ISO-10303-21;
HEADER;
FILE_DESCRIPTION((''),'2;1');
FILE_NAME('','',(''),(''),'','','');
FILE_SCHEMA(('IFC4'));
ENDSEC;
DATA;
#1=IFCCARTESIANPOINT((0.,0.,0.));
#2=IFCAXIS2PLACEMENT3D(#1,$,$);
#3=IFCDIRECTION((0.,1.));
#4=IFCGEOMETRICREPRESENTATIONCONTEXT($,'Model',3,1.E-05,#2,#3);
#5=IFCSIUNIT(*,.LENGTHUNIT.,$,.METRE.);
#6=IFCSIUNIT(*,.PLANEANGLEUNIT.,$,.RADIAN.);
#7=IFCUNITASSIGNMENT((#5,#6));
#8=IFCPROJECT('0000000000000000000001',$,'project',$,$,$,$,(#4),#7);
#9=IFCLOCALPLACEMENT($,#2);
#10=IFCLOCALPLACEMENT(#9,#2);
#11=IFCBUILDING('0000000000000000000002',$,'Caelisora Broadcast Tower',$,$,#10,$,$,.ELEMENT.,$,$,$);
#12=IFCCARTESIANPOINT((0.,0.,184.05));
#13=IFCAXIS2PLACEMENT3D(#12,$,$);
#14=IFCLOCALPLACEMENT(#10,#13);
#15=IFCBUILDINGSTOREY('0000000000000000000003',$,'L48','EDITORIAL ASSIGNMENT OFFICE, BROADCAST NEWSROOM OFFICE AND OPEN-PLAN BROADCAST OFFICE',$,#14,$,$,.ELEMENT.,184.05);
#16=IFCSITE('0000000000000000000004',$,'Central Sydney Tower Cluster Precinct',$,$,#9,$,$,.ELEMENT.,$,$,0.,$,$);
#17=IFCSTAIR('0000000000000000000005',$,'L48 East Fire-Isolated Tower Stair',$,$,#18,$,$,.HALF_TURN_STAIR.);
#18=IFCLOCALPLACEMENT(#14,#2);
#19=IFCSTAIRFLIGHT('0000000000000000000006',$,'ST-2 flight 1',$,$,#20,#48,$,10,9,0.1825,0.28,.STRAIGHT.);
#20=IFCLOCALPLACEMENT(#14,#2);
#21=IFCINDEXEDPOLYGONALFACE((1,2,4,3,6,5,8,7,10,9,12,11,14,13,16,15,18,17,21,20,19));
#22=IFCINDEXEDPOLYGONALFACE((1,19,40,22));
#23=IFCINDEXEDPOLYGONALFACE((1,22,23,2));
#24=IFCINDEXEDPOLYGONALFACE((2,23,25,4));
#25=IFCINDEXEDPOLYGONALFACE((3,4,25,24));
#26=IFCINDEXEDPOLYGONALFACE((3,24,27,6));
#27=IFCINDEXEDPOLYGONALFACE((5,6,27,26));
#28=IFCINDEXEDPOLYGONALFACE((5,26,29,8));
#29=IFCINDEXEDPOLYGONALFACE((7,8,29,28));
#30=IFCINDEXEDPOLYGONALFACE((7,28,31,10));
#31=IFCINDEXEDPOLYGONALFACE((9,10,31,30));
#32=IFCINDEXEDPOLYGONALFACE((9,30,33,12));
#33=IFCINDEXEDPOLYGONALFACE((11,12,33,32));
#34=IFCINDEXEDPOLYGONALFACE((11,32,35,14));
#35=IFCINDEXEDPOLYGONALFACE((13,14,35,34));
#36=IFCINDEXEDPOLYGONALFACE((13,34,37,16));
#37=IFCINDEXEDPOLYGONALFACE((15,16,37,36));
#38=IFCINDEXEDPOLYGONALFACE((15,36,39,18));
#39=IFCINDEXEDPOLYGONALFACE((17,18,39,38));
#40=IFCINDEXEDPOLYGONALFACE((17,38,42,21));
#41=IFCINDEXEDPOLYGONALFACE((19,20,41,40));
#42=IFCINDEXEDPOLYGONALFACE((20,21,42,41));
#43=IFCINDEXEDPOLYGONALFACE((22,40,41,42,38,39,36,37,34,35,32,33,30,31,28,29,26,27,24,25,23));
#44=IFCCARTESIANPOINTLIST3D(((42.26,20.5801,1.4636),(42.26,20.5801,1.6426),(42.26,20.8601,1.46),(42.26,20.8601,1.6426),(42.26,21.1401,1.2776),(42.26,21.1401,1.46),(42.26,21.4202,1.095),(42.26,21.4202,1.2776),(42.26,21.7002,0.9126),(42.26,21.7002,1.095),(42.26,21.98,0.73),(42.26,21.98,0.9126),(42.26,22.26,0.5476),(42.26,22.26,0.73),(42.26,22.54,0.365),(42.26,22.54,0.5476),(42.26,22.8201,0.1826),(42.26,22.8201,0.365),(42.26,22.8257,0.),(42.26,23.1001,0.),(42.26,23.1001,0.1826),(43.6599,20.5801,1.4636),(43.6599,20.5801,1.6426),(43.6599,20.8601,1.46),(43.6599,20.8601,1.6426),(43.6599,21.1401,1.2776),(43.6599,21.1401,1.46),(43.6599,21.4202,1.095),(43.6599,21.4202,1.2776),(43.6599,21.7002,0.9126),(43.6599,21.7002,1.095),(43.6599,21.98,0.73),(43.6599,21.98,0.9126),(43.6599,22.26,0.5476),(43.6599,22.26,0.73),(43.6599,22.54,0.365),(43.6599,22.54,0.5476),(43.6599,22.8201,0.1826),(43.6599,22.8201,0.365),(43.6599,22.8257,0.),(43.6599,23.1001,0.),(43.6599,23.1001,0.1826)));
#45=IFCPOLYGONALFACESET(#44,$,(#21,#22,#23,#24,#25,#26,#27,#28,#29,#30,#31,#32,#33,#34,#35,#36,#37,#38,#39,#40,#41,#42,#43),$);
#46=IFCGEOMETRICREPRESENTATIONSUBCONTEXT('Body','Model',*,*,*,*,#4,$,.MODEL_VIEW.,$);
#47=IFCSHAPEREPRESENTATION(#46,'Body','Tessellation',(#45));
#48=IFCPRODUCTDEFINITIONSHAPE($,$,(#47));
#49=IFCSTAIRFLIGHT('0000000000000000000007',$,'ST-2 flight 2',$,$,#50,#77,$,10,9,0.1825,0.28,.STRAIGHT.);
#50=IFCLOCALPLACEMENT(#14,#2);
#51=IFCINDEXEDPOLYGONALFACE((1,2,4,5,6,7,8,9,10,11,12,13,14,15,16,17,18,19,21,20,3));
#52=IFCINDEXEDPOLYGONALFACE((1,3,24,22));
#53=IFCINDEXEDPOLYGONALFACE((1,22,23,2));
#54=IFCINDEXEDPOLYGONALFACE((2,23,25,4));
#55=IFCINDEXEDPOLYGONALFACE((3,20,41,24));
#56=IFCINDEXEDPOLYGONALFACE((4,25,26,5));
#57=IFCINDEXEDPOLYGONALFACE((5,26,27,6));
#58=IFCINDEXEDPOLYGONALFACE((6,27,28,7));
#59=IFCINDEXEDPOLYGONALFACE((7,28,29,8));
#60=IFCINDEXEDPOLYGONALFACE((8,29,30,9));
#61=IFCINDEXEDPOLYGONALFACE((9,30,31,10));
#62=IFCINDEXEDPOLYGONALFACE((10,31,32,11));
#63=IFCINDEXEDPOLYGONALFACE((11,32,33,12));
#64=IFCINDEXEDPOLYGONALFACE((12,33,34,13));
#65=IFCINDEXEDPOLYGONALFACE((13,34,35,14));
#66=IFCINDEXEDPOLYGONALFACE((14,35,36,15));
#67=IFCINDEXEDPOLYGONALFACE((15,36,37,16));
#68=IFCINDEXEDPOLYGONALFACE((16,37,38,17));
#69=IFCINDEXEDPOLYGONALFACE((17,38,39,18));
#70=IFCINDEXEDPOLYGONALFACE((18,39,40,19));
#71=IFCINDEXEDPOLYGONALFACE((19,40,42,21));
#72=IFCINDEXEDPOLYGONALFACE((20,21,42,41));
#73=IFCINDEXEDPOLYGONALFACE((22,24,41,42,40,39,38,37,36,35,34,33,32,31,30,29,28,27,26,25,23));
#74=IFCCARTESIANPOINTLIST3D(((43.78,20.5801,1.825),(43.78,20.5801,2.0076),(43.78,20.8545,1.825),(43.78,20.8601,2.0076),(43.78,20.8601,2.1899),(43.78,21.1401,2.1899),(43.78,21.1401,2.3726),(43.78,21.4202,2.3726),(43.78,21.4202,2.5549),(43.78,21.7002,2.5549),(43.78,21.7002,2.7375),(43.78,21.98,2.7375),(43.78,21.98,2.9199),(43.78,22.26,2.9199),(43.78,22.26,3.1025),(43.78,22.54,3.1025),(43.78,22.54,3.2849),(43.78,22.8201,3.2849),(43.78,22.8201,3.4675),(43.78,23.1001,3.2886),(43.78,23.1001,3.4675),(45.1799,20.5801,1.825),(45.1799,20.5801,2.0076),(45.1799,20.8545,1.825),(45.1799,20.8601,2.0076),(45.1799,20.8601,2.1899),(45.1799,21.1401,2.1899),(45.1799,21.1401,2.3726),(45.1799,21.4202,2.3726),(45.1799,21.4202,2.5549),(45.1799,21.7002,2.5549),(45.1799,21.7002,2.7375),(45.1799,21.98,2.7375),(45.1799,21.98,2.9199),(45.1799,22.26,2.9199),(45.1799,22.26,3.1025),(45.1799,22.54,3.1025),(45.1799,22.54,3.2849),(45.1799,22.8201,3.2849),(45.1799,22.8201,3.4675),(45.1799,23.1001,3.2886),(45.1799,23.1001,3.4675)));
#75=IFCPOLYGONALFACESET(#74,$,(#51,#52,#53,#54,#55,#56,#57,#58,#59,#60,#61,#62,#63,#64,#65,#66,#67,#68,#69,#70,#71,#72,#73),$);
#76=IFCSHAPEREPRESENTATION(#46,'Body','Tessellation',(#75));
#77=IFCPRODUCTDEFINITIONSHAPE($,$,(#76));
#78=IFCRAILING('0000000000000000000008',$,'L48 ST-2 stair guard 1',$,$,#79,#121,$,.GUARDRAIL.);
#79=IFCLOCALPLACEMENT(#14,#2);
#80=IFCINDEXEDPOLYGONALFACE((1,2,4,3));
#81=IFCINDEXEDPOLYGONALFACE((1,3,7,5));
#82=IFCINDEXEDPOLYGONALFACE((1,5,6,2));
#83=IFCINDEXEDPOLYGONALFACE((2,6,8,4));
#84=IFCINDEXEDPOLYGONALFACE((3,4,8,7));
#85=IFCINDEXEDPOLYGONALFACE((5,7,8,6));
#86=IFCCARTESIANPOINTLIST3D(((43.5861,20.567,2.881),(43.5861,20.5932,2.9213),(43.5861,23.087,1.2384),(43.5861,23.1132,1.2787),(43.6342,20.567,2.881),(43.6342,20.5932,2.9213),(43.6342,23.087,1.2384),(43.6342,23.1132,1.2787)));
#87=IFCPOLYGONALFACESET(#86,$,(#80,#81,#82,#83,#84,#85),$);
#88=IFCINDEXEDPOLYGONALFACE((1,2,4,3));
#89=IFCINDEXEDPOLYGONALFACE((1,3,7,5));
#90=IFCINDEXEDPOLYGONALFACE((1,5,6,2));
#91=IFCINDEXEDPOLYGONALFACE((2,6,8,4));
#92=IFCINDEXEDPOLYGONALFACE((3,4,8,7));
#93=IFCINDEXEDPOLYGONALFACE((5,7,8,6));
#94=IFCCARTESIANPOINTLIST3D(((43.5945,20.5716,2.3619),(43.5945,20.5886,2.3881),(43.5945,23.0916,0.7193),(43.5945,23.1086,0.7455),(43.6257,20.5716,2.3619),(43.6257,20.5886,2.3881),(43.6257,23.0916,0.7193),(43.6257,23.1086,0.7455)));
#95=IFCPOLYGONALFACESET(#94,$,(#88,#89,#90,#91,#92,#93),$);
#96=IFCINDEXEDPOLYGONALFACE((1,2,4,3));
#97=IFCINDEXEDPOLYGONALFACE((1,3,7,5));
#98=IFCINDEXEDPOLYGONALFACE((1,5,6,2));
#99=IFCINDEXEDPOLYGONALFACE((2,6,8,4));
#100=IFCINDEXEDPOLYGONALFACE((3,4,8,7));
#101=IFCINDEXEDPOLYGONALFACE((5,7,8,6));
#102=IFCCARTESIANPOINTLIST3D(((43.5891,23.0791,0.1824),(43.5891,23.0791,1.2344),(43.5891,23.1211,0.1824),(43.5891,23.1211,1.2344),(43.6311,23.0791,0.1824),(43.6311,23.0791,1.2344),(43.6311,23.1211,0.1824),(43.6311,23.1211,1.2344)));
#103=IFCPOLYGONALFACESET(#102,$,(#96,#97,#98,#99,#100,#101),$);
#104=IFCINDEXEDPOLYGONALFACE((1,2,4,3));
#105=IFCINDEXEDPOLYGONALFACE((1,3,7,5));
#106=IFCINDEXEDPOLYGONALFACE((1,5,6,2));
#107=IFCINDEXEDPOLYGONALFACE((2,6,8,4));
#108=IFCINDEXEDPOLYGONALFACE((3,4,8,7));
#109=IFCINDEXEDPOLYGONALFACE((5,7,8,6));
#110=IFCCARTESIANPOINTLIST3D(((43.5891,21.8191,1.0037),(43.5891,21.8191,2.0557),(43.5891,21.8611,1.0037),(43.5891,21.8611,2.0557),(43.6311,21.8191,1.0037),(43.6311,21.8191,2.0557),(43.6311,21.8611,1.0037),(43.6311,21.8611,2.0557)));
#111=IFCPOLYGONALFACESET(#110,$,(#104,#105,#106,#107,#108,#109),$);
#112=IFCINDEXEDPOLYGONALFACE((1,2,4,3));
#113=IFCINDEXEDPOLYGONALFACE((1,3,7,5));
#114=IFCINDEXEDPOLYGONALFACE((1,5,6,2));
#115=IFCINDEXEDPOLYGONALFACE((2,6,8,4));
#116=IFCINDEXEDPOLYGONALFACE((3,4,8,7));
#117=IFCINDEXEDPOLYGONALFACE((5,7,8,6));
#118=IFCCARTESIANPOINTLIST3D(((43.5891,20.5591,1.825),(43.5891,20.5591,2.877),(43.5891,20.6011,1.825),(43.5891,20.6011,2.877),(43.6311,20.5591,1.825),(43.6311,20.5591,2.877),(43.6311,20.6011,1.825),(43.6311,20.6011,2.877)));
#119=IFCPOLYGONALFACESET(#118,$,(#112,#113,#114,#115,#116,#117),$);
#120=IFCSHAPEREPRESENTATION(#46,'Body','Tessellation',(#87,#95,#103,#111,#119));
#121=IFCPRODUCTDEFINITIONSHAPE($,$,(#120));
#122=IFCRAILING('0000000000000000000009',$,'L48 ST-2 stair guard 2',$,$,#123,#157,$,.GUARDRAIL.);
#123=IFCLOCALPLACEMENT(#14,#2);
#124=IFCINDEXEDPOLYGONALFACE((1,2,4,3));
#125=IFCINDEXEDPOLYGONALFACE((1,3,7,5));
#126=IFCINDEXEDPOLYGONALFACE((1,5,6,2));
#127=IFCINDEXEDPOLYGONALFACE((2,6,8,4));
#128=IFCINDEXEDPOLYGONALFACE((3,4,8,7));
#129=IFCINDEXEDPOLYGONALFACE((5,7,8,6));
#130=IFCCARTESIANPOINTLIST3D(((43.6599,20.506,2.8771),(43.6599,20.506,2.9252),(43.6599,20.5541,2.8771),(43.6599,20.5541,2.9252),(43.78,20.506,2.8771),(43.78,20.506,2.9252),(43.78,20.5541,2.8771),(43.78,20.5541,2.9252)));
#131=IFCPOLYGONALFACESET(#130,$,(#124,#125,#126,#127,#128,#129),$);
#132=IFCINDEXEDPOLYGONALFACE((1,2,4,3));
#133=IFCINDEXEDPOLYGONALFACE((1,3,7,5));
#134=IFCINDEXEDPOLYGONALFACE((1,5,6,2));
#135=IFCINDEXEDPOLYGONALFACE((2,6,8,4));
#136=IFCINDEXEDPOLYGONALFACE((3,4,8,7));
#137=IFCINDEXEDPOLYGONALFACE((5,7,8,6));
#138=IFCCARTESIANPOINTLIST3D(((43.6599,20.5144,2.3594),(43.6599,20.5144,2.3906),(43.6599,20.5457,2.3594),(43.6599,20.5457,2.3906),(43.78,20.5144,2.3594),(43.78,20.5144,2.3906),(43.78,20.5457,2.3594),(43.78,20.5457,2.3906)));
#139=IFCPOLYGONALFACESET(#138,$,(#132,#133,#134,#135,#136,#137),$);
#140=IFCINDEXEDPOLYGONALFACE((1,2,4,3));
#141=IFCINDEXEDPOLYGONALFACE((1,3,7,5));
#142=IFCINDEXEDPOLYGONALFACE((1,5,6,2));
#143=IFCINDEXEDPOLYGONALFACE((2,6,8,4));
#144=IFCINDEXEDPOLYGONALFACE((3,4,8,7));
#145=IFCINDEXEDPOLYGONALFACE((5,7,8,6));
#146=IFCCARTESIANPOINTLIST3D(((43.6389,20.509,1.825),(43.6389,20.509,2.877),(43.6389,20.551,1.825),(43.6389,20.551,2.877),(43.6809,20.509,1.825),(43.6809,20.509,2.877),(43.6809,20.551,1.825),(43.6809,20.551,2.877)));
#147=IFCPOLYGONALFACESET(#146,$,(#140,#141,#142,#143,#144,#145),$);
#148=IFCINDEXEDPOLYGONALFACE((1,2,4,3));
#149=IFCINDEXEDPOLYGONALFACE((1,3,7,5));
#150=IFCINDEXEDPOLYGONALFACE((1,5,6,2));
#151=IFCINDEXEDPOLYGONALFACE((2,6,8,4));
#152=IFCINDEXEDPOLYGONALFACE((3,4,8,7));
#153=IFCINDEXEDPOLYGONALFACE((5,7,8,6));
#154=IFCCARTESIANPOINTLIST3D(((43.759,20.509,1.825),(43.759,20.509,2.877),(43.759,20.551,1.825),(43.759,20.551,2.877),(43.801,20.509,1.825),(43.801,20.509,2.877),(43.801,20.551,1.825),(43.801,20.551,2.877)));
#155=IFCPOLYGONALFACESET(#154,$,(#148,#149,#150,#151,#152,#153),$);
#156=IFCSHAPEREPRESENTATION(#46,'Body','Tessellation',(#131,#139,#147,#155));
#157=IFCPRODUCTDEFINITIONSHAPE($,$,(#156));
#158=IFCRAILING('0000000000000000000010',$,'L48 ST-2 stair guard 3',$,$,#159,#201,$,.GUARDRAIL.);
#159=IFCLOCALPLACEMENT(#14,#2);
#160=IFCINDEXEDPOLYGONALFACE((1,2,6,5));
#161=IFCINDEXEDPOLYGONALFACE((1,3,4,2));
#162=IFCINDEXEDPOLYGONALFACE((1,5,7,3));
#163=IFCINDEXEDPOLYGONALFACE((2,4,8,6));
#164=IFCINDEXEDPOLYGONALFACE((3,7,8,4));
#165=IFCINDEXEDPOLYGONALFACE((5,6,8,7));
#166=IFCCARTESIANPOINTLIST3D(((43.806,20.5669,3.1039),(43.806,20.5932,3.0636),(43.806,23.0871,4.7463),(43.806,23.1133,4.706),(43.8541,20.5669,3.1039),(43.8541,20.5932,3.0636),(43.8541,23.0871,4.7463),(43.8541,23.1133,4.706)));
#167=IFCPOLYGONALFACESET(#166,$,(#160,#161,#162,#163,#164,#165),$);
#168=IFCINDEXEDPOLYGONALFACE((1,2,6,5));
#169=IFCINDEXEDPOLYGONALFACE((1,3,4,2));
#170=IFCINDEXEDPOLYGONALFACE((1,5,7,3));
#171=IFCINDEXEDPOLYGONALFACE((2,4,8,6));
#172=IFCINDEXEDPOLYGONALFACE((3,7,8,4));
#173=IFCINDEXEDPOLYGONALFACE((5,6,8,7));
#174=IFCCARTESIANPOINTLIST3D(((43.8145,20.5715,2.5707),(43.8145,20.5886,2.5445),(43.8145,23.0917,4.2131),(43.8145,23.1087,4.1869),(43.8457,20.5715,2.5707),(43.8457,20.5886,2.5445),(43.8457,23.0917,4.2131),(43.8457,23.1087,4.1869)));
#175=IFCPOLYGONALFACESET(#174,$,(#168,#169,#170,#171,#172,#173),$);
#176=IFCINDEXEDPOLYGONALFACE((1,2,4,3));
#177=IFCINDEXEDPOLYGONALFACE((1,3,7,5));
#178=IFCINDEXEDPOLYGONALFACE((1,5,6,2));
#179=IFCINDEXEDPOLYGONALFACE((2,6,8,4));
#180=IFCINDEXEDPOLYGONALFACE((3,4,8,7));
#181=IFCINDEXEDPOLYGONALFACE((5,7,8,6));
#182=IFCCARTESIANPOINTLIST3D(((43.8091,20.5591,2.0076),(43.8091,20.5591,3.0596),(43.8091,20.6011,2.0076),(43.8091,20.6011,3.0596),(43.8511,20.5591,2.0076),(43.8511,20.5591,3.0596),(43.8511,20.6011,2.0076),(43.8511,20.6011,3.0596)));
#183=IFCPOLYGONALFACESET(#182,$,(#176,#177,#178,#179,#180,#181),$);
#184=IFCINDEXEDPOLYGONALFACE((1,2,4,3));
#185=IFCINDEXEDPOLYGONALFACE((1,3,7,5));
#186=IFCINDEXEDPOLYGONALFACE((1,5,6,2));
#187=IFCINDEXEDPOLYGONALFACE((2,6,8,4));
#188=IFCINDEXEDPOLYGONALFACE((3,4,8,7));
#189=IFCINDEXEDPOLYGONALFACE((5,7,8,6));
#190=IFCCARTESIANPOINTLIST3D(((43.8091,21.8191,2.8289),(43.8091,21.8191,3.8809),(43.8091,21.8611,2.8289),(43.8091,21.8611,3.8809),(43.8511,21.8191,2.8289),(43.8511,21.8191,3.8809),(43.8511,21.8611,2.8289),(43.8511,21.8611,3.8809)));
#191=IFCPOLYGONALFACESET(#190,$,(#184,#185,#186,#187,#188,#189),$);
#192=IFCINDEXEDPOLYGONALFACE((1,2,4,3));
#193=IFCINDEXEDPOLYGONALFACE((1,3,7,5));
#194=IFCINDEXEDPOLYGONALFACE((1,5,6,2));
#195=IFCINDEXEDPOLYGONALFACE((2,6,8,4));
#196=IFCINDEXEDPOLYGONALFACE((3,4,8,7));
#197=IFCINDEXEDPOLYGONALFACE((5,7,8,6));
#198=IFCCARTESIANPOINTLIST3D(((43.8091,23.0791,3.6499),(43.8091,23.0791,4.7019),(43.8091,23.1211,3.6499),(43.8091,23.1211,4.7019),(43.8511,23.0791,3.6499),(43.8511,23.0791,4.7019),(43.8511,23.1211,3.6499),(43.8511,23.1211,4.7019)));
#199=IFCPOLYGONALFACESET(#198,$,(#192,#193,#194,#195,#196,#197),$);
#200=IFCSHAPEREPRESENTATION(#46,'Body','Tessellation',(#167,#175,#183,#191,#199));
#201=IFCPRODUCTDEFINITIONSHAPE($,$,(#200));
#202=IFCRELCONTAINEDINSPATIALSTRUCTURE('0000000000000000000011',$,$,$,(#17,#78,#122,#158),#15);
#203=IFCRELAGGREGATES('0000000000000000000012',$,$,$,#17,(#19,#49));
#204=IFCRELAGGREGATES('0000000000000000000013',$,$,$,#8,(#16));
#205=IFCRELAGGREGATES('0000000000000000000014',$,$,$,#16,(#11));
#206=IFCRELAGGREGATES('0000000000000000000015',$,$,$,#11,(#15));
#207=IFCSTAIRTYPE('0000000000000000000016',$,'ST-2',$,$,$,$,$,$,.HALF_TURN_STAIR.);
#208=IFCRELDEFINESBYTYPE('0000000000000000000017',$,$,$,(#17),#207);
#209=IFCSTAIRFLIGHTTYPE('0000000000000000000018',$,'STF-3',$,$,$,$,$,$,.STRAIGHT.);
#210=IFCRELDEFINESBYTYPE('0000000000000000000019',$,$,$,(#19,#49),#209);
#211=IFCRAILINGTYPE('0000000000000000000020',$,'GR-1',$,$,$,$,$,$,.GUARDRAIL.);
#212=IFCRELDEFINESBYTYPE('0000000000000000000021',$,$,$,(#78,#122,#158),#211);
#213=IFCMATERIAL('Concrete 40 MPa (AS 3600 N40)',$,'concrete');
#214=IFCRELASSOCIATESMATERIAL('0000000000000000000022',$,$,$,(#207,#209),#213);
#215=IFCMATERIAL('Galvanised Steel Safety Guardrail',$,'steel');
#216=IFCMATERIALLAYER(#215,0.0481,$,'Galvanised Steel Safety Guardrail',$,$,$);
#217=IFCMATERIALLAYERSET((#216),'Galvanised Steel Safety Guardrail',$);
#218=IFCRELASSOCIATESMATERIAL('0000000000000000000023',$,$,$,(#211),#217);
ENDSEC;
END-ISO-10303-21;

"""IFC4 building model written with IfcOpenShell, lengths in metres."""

from ifc_helpers import new_model, si_unit, direction, frame, origin, origin_2d, place, context, subcontext, project, spatial, polyline, rectangle, outline, extrude, material, layer, layer_set, type_object, element, aggregate, save


model = new_model("IFC4")

# Units and contexts
model_context = context("Model", 3, precision=1e-05, world=origin(), true_north=direction((0.0, 1.0)))
body_context = subcontext(model_context, "Body", "Model", "MODEL_VIEW")
ifc_project = project(units=[si_unit("LENGTHUNIT", "METRE"), si_unit("PLANEANGLEUNIT", "RADIAN")], contexts=[model_context])

# Site, building, storey
site_placement = place(None, origin())
site = spatial("IfcSite", under=ifc_project, at=site_placement, Name="Central Sydney Tower Cluster Precinct", CompositionType="ELEMENT", RefElevation=0.0)
building_placement = place(site_placement, origin())
building = spatial("IfcBuilding", under=site, at=building_placement, Name="Caelisora Broadcast Tower", CompositionType="ELEMENT")
storey_placement = place(building_placement, frame((0.0, 0.0, 184.05)))
storey = spatial("IfcBuildingStorey", under=building, at=storey_placement, Name="L48", Description="EDITORIAL ASSIGNMENT OFFICE, BROADCAST NEWSROOM OFFICE AND OPEN-PLAN BROADCAST OFFICE", CompositionType="ELEMENT", Elevation=184.05)

# Stair, stair flights
ifc_material_1 = material(Name="Concrete 40 MPa (AS 3600 N40)", Category="concrete")
stair_type = type_object("IfcStairType", Name="ST-2", PredefinedType="HALF_TURN_STAIR", material=ifc_material_1)
stair_placement = place(storey_placement, origin())
stair = element("IfcStair", 1, at=stair_placement, inside=storey, type_object=stair_type, Name="L48 East Fire-Isolated Tower Stair", PredefinedType="HALF_TURN_STAIR")
stair_flight_type = type_object("IfcStairFlightType", Name="STF-3", PredefinedType="STRAIGHT", material=ifc_material_1)
stair_flight_1_placement = place(storey_placement, frame((42.96, 23.1001, 0.0), z_axis=(0.0, 0.0, 1.0), x_axis=(0.0, -1.0, 0.0)))
stair_flight_1 = element("IfcStairFlight", 2, at=stair_flight_1_placement, type_object=stair_flight_type, Name="ST-2 flight 1", NumberOfRisers=10, NumberOfTreads=9, PredefinedType="STRAIGHT", RiserHeight=0.1825, TreadLength=0.28, context=body_context, shape_type="SweptSolid", body=[
    extrude(outline(polyline([(0.0, 0.0), (0.0, 0.1826), (0.28, 0.1826), (0.28, 0.365), (0.5601, 0.365), (0.5601, 0.5476), (0.8401, 0.5476), (0.8401, 0.73), (1.1201, 0.73), (1.1201, 0.9126), (1.3999, 0.9126), (1.3999, 1.095), (1.6799, 1.095), (1.6799, 1.2776), (1.96, 1.2776), (1.96, 1.46), (2.24, 1.46), (2.24, 1.6426), (2.52, 1.6426), (2.52, 1.825), (2.52, 1.4636), (0.2744, 0.0), (0.0, 0.0)])), frame((0.0, 0.7, 0.0), z_axis=(0.0, -1.0, 0.0), x_axis=(1.0, 0.0, 0.0)), (0.0, 0.0, 1.0), 1.3999),
])
stair_flight_2_placement = place(storey_placement, frame((44.48, 20.5801, 1.825), z_axis=(0.0, 0.0, 1.0), x_axis=(0.0, 1.0, 0.0)))
stair_flight_2 = element("IfcStairFlight", 3, at=stair_flight_2_placement, type_object=stair_flight_type, Name="ST-2 flight 2", NumberOfRisers=10, NumberOfTreads=9, PredefinedType="STRAIGHT", RiserHeight=0.1825, TreadLength=0.28, context=body_context, shape_type="SweptSolid", body=[
    extrude(outline(polyline([(0.0, 0.0), (0.0, 0.1826), (0.28, 0.1826), (0.28, 0.365), (0.5601, 0.365), (0.5601, 0.5476), (0.8401, 0.5476), (0.8401, 0.73), (1.1201, 0.73), (1.1201, 0.9126), (1.3999, 0.9126), (1.3999, 1.095), (1.6799, 1.095), (1.6799, 1.2776), (1.96, 1.2776), (1.96, 1.46), (2.24, 1.46), (2.24, 1.6426), (2.52, 1.6426), (2.52, 1.825), (2.52, 1.4636), (0.2744, 0.0), (0.0, 0.0)])), frame((0.0, 0.7, 0.0), z_axis=(0.0, -1.0, 0.0), x_axis=(1.0, 0.0, 0.0)), (0.0, 0.0, 1.0), 1.3999),
])
aggregate(stair, [stair_flight_1, stair_flight_2])

# Railings
ifc_material_2 = material(Name="Galvanised Steel Safety Guardrail", Category="steel")
ifc_layer_1 = layer(ifc_material_2, 0.0481, Name="Galvanised Steel Safety Guardrail")
ifc_layer_set_1 = layer_set([ifc_layer_1], Name="Galvanised Steel Safety Guardrail")
railing_type_1 = type_object("IfcRailingType", Name="GR-1", PredefinedType="GUARDRAIL", material=ifc_layer_set_1)
railing_1_placement = place(storey_placement, frame((43.6101, 23.1001, 0.1824)))
element("IfcRailing", 4, at=railing_1_placement, inside=storey, type_object=railing_type_1, Name="L48 ST-2 stair guard 1", PredefinedType="GUARDRAIL", context=body_context, shape_type="SweptSolid", body=[
    extrude(rectangle(XDim=0.0481, YDim=0.0481, at=origin_2d()), frame((0.0, 0.0, 1.0762), z_axis=(0.0, -0.837749, 0.546055), x_axis=(1.0, 0.0, 0.0)), (0.0, 0.0, 1.0), 3.0081),
    extrude(rectangle(XDim=0.0312, YDim=0.0312, at=origin_2d()), frame((0.0, 0.0, 0.55), z_axis=(0.0, -0.837749, 0.546055), x_axis=(1.0, 0.0, 0.0)), (0.0, 0.0, 1.0), 3.0081),
    extrude(rectangle(XDim=0.042, YDim=0.042, at=origin_2d()), origin(), (0.0, 0.0, 1.0), 1.052),
    extrude(rectangle(XDim=0.042, YDim=0.042, at=origin_2d()), frame((0.0, -1.26, 0.8213)), (0.0, 0.0, 1.0), 1.052),
    extrude(rectangle(XDim=0.042, YDim=0.042, at=origin_2d()), frame((0.0, -2.52, 1.6426)), (0.0, 0.0, 1.0), 1.052),
])
railing_2_placement = place(storey_placement, frame((43.6599, 20.53, 1.825)))
element("IfcRailing", 5, at=railing_2_placement, inside=storey, type_object=railing_type_1, Name="L48 ST-2 stair guard 2", PredefinedType="GUARDRAIL", context=body_context, shape_type="SweptSolid", body=[
    extrude(rectangle(XDim=0.0481, YDim=0.0481, at=origin_2d()), frame((0.0, 0.0, 1.0762), z_axis=(1.0, 0.0, 0.0), x_axis=(0.0, 1.0, 0.0)), (0.0, 0.0, 1.0), 0.1201),
    extrude(rectangle(XDim=0.0312, YDim=0.0312, at=origin_2d()), frame((0.0, 0.0, 0.55), z_axis=(1.0, 0.0, 0.0), x_axis=(0.0, 1.0, 0.0)), (0.0, 0.0, 1.0), 0.1201),
    extrude(rectangle(XDim=0.042, YDim=0.042, at=origin_2d()), origin(), (0.0, 0.0, 1.0), 1.052),
    extrude(rectangle(XDim=0.042, YDim=0.042, at=origin_2d()), frame((0.1201, 0.0, 0.0)), (0.0, 0.0, 1.0), 1.052),
])
railing_3_placement = place(storey_placement, frame((43.8301, 20.5801, 2.0076)))
element("IfcRailing", 6, at=railing_3_placement, inside=storey, type_object=railing_type_1, Name="L48 ST-2 stair guard 3", PredefinedType="GUARDRAIL", context=body_context, shape_type="SweptSolid", body=[
    extrude(rectangle(XDim=0.0481, YDim=0.0481, at=origin_2d()), frame((0.0, 0.0, 1.0762), z_axis=(0.0, 0.837787, 0.545998), x_axis=(-1.0, 0.0, 0.0)), (0.0, 0.0, 1.0), 3.0081),
    extrude(rectangle(XDim=0.0312, YDim=0.0312, at=origin_2d()), frame((0.0, 0.0, 0.55), z_axis=(0.0, 0.837787, 0.545998), x_axis=(-1.0, 0.0, 0.0)), (0.0, 0.0, 1.0), 3.0081),
    extrude(rectangle(XDim=0.042, YDim=0.042, at=origin_2d()), origin(), (0.0, 0.0, 1.0), 1.052),
    extrude(rectangle(XDim=0.042, YDim=0.042, at=origin_2d()), frame((0.0, 1.26, 0.8213)), (0.0, 0.0, 1.0), 1.052),
    extrude(rectangle(XDim=0.042, YDim=0.042, at=origin_2d()), frame((0.0, 2.52, 1.6423)), (0.0, 0.0, 1.0), 1.052),
])

save(model, "model.ifc")
